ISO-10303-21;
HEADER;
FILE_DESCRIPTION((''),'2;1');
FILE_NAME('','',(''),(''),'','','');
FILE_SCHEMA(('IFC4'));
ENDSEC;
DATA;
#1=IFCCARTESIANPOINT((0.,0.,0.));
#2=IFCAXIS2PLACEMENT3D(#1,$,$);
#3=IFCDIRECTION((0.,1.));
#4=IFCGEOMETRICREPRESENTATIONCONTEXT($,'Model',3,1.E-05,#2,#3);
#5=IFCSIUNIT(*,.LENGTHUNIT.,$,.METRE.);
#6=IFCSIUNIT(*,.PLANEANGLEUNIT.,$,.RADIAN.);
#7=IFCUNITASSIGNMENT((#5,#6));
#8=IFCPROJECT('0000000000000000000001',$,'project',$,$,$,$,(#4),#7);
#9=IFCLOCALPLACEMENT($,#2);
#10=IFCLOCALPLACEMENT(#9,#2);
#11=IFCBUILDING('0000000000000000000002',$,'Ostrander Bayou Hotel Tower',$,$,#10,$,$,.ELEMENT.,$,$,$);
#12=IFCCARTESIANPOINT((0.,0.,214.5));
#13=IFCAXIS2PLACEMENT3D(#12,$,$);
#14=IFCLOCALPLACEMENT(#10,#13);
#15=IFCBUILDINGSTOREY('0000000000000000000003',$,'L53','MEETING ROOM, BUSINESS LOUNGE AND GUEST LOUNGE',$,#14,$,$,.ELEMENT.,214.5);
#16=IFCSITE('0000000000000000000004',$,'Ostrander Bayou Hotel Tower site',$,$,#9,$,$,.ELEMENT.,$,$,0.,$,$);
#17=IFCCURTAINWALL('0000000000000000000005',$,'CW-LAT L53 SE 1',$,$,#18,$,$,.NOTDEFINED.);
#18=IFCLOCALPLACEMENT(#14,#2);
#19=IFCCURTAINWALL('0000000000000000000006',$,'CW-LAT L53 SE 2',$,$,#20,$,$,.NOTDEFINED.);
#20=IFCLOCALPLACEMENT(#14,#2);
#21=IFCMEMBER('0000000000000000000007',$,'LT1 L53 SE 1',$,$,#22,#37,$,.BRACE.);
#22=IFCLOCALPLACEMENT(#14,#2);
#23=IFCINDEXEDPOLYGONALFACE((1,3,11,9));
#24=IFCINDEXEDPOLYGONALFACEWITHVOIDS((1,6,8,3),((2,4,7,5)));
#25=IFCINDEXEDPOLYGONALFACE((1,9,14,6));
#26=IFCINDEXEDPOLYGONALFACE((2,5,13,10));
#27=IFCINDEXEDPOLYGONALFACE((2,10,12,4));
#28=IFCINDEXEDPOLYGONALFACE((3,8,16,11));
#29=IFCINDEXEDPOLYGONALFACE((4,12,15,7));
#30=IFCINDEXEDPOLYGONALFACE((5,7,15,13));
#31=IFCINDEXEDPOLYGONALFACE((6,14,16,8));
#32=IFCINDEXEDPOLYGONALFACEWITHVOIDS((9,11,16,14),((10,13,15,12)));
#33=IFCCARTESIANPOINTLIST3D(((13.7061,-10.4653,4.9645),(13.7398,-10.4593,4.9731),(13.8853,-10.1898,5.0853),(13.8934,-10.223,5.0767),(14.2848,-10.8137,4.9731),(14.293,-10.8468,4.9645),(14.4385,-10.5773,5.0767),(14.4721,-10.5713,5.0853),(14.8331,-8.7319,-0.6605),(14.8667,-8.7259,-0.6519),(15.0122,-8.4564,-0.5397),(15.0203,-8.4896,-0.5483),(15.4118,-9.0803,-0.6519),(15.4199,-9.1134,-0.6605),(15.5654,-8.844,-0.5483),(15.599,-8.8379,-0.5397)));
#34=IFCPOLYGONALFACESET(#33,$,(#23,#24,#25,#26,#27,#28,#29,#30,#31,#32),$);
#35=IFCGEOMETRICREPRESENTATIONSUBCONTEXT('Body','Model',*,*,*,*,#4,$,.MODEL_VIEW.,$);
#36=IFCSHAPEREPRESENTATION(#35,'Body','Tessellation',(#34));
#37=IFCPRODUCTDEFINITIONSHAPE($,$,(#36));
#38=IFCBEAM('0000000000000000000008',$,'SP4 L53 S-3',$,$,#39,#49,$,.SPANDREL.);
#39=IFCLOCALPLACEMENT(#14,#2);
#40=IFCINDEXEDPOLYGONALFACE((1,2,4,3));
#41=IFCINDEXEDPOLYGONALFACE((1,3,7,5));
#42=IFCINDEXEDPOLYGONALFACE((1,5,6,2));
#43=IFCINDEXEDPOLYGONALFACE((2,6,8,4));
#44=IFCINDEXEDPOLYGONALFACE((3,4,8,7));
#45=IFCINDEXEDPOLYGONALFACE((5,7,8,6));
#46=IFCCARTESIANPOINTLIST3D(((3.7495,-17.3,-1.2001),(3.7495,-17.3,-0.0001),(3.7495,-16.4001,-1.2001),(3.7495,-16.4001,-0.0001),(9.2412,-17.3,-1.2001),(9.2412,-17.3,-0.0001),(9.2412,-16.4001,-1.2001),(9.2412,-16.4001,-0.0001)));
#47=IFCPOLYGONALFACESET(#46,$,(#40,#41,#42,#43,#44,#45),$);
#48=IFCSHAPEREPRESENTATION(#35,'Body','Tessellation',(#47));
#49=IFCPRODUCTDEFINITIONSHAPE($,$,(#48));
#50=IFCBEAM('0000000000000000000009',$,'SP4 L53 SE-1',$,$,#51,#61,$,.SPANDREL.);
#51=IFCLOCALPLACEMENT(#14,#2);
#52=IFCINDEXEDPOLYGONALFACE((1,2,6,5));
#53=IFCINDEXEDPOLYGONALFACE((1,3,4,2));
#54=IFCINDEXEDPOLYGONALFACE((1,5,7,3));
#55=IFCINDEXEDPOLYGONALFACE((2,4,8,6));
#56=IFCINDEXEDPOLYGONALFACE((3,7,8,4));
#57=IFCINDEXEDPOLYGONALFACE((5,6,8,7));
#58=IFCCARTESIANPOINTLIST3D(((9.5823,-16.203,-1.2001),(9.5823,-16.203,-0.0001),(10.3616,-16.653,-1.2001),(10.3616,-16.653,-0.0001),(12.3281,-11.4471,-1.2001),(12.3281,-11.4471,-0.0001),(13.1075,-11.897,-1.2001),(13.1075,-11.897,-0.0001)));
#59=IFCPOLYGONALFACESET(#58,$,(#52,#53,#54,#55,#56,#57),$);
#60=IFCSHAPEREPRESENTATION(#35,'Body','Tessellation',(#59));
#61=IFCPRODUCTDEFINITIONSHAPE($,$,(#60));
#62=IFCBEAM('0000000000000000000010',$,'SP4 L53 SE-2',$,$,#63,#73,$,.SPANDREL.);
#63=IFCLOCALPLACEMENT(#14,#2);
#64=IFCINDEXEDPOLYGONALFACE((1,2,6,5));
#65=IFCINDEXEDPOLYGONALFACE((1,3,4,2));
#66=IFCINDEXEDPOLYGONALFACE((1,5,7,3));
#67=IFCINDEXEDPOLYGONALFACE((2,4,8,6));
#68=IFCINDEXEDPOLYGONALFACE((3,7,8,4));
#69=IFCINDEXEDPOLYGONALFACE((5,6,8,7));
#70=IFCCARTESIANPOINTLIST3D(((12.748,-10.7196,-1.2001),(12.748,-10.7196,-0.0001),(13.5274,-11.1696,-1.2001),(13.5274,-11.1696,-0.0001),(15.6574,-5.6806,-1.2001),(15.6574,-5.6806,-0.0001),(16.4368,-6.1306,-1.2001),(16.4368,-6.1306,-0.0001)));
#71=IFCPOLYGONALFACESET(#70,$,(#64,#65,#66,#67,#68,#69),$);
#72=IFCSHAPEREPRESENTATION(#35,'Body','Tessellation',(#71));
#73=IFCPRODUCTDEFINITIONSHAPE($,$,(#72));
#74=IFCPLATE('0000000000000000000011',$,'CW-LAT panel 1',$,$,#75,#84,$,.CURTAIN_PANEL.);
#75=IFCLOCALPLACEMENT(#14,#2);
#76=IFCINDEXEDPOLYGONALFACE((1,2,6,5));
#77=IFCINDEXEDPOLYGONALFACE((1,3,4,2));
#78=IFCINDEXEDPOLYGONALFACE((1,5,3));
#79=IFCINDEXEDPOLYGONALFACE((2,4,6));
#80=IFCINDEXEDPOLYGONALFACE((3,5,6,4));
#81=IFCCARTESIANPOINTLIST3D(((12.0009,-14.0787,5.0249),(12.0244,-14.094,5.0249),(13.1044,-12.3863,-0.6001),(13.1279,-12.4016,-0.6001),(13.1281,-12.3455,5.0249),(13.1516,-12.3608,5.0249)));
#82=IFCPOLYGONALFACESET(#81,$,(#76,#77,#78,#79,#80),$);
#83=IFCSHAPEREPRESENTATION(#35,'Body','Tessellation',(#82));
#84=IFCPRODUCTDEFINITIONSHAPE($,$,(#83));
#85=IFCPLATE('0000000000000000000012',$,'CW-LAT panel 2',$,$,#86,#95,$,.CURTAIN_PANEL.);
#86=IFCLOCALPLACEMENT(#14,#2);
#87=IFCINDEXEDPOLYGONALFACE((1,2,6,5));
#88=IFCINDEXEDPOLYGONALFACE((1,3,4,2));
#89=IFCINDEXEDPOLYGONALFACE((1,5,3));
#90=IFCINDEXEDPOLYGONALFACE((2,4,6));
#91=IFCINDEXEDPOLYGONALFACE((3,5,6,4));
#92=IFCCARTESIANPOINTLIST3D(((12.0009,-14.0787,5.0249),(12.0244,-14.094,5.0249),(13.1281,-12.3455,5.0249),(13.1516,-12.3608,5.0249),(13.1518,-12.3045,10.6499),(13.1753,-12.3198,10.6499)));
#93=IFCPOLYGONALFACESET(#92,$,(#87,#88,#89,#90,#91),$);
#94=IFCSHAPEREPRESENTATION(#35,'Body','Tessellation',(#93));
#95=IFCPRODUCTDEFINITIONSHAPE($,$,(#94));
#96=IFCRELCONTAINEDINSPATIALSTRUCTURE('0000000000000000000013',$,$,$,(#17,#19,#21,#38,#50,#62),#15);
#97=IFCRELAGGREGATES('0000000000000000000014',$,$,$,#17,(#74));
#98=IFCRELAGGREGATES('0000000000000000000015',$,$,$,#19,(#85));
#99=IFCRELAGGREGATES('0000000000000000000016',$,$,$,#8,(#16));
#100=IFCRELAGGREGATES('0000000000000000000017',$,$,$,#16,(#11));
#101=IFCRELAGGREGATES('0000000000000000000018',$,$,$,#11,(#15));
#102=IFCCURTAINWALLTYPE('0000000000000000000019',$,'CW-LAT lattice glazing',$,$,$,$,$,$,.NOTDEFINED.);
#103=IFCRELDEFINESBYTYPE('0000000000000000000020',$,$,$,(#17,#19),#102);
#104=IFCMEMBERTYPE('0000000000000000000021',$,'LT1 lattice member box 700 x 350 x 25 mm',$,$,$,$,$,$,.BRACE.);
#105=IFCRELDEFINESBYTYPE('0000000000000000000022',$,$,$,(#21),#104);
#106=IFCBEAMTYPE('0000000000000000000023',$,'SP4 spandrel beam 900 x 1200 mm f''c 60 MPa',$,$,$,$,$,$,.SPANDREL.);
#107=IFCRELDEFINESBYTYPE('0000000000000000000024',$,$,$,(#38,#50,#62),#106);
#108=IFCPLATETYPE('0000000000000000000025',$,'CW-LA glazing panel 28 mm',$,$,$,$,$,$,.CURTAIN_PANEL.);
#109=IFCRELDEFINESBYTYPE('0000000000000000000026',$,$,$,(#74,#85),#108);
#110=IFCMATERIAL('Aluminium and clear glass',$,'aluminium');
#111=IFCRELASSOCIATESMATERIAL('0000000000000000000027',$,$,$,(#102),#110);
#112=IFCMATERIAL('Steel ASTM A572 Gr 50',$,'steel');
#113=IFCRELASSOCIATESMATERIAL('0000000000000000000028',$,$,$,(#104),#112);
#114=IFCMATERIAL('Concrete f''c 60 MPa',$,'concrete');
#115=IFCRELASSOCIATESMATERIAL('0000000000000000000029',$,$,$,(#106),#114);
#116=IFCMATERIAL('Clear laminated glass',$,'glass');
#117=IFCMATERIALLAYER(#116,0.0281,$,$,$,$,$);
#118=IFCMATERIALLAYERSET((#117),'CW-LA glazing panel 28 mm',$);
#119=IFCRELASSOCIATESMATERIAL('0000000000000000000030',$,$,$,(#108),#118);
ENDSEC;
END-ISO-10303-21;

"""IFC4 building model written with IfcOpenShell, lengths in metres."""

from ifc_helpers import new_model, si_unit, direction, frame, origin, origin_2d, place, context, subcontext, project, spatial, polyline, rectangle, hollow_rectangle, outline, extrude, material, layer, layer_set, material_profile, profile_set, type_object, element, aggregate, save


model = new_model("IFC4")

# Units and contexts
model_context = context("Model", 3, precision=1e-05, world=origin(), true_north=direction((0.0, 1.0)))
body_context = subcontext(model_context, "Body", "Model", "MODEL_VIEW")
ifc_project = project(units=[si_unit("LENGTHUNIT", "METRE"), si_unit("PLANEANGLEUNIT", "RADIAN")], contexts=[model_context])

# Site, building, storey
site_placement = place(None, origin())
site = spatial("IfcSite", under=ifc_project, at=site_placement, Name="Ostrander Bayou Hotel Tower site", CompositionType="ELEMENT", RefElevation=0.0)
building_placement = place(site_placement, origin())
building = spatial("IfcBuilding", under=site, at=building_placement, Name="Ostrander Bayou Hotel Tower", CompositionType="ELEMENT")
storey_placement = place(building_placement, frame((0.0, 0.0, 214.5)))
storey = spatial("IfcBuildingStorey", under=building, at=storey_placement, Name="L53", Description="MEETING ROOM, BUSINESS LOUNGE AND GUEST LOUNGE", CompositionType="ELEMENT", Elevation=214.5)

# Curtain walls
ifc_material_1 = material(Name="Aluminium and clear glass", Category="aluminium")
curtain_wall_type = type_object("IfcCurtainWallType", Name="CW-LAT lattice glazing", PredefinedType="NOTDEFINED", material=ifc_material_1)
curtain_wall_1_placement = place(storey_placement, origin())
curtain_wall_1 = element("IfcCurtainWall", 1, at=curtain_wall_1_placement, inside=storey, type_object=curtain_wall_type, Name="CW-LAT L53 SE 1", PredefinedType="NOTDEFINED")
curtain_wall_2_placement = place(storey_placement, origin())
curtain_wall_2 = element("IfcCurtainWall", 2, at=curtain_wall_2_placement, inside=storey, type_object=curtain_wall_type, Name="CW-LAT L53 SE 2", PredefinedType="NOTDEFINED")

# Member
ifc_material_2 = material(Name="Steel ASTM A572 Gr 50", Category="steel")
ifc_material_profile_1 = material_profile(ifc_material_2, hollow_rectangle(XDim=0.7, YDim=0.3501, WallThickness=0.0249, at=origin_2d()))
ifc_profile_set_1 = profile_set([ifc_material_profile_1], Name="Steel ASTM A572 Gr 50")
member_type_1 = type_object("IfcMemberType", Name="LT1 lattice member box 700 x 350 x 25 mm", PredefinedType="BRACE", material=ifc_profile_set_1)
member_1_placement = place(storey_placement, frame((14.0891, -10.5183, 5.0249), z_axis=(0.188047, 0.28924, -0.938605), x_axis=(-0.83839, 0.545071, 0.0)))
element("IfcMember", 3, at=member_1_placement, inside=storey, type_object=member_type_1, Name="LT1 L53 SE 1", PredefinedType="BRACE", context=body_context, shape_type="SweptSolid", body=[
    extrude(hollow_rectangle(XDim=0.7, YDim=0.3501, WallThickness=0.0249, at=origin_2d()), origin(), (0.0, 0.0, 1.0), 5.9929),
])

# Beams
ifc_material_3 = material(Name="Concrete f'c 60 MPa", Category="concrete")
ifc_material_profile_2 = material_profile(ifc_material_3, rectangle(XDim=0.8999, YDim=1.2, at=origin_2d()))
ifc_profile_set_2 = profile_set([ifc_material_profile_2], Name="Concrete f'c 60 MPa")
beam_type_1 = type_object("IfcBeamType", Name="SP4 spandrel beam 900 x 1200 mm f'c 60 MPa", PredefinedType="SPANDREL", material=ifc_profile_set_2)
for number, where, z_axis, x_axis, name in (
    (4, (3.7495, -16.8501, -0.6001), (1.0, 0.0, 0.0), (0.0, 1.0, 0.0), "SP4 L53 S-3"),
    (5, (9.9719, -16.428, -0.6001), (0.500007, 0.866021, 0.0), (-0.866021, 0.500007, 0.0), "SP4 L53 SE-1"),
):
    element("IfcBeam", number, at=place(storey_placement, frame(where, z_axis=z_axis, x_axis=x_axis)), inside=storey, type_object=beam_type_1, Name=name, PredefinedType="SPANDREL", context=body_context, shape_type="SweptSolid", body=[
        extrude(rectangle(XDim=0.8999, YDim=1.2, at=origin_2d()), origin(), (0.0, 0.0, 1.0), 5.4917),
    ])
beam_placement = place(storey_placement, frame((13.1377, -10.9446, -0.6001), z_axis=(0.500015, 0.866016, 0.0), x_axis=(-0.866016, 0.500015, 0.0)))
element("IfcBeam", 6, at=beam_placement, inside=storey, type_object=beam_type_1, Name="SP4 L53 SE-2", PredefinedType="SPANDREL", context=body_context, shape_type="SweptSolid", body=[
    extrude(rectangle(XDim=0.8999, YDim=1.2, at=origin_2d()), origin(), (0.0, 0.0, 1.0), 5.8186),
])

# Plates
ifc_material_4 = material(Name="Clear laminated glass", Category="glass")
ifc_layer_1 = layer(ifc_material_4, 0.0281)
ifc_layer_set_1 = layer_set([ifc_layer_1], Name="CW-LA glazing panel 28 mm")
plate_type = type_object("IfcPlateType", Name="CW-LA glazing panel 28 mm", PredefinedType="CURTAIN_PANEL", material=ifc_layer_set_1)
plate_1_placement = place(storey_placement, frame((12.0244, -14.094, 5.0249), z_axis=(0.838301, -0.545208, 0.000423), x_axis=(0.184632, 0.283157, -0.941134)))
plate_1 = element("IfcPlate", 7, at=plate_1_placement, type_object=plate_type, Name="CW-LAT panel 1", PredefinedType="CURTAIN_PANEL", context=body_context, shape_type="SweptSolid", body=[
    extrude(outline(polyline([(0.0, 0.0), (5.9768, 0.0), (0.6989, 1.9458), (0.0, 0.0)])), origin(), (0.0, 0.0, -1.0), 0.0281),
])
aggregate(curtain_wall_1, [plate_1])
plate_2_placement = place(storey_placement, frame((12.0244, -14.094, 5.0249), z_axis=(0.838301, -0.545208, 0.000446), x_axis=(0.191513, 0.295233, 0.936034)))
plate_2 = element("IfcPlate", 8, at=plate_2_placement, type_object=plate_type, Name="CW-LAT panel 2", PredefinedType="CURTAIN_PANEL", context=body_context, shape_type="SweptSolid", body=[
    extrude(outline(polyline([(0.0, 0.0), (6.0094, 0.0), (0.7276, -1.9352), (0.0, 0.0)])), origin(), (0.0, 0.0, -1.0), 0.0281),
])
aggregate(curtain_wall_2, [plate_2])

save(model, "model.ifc")
